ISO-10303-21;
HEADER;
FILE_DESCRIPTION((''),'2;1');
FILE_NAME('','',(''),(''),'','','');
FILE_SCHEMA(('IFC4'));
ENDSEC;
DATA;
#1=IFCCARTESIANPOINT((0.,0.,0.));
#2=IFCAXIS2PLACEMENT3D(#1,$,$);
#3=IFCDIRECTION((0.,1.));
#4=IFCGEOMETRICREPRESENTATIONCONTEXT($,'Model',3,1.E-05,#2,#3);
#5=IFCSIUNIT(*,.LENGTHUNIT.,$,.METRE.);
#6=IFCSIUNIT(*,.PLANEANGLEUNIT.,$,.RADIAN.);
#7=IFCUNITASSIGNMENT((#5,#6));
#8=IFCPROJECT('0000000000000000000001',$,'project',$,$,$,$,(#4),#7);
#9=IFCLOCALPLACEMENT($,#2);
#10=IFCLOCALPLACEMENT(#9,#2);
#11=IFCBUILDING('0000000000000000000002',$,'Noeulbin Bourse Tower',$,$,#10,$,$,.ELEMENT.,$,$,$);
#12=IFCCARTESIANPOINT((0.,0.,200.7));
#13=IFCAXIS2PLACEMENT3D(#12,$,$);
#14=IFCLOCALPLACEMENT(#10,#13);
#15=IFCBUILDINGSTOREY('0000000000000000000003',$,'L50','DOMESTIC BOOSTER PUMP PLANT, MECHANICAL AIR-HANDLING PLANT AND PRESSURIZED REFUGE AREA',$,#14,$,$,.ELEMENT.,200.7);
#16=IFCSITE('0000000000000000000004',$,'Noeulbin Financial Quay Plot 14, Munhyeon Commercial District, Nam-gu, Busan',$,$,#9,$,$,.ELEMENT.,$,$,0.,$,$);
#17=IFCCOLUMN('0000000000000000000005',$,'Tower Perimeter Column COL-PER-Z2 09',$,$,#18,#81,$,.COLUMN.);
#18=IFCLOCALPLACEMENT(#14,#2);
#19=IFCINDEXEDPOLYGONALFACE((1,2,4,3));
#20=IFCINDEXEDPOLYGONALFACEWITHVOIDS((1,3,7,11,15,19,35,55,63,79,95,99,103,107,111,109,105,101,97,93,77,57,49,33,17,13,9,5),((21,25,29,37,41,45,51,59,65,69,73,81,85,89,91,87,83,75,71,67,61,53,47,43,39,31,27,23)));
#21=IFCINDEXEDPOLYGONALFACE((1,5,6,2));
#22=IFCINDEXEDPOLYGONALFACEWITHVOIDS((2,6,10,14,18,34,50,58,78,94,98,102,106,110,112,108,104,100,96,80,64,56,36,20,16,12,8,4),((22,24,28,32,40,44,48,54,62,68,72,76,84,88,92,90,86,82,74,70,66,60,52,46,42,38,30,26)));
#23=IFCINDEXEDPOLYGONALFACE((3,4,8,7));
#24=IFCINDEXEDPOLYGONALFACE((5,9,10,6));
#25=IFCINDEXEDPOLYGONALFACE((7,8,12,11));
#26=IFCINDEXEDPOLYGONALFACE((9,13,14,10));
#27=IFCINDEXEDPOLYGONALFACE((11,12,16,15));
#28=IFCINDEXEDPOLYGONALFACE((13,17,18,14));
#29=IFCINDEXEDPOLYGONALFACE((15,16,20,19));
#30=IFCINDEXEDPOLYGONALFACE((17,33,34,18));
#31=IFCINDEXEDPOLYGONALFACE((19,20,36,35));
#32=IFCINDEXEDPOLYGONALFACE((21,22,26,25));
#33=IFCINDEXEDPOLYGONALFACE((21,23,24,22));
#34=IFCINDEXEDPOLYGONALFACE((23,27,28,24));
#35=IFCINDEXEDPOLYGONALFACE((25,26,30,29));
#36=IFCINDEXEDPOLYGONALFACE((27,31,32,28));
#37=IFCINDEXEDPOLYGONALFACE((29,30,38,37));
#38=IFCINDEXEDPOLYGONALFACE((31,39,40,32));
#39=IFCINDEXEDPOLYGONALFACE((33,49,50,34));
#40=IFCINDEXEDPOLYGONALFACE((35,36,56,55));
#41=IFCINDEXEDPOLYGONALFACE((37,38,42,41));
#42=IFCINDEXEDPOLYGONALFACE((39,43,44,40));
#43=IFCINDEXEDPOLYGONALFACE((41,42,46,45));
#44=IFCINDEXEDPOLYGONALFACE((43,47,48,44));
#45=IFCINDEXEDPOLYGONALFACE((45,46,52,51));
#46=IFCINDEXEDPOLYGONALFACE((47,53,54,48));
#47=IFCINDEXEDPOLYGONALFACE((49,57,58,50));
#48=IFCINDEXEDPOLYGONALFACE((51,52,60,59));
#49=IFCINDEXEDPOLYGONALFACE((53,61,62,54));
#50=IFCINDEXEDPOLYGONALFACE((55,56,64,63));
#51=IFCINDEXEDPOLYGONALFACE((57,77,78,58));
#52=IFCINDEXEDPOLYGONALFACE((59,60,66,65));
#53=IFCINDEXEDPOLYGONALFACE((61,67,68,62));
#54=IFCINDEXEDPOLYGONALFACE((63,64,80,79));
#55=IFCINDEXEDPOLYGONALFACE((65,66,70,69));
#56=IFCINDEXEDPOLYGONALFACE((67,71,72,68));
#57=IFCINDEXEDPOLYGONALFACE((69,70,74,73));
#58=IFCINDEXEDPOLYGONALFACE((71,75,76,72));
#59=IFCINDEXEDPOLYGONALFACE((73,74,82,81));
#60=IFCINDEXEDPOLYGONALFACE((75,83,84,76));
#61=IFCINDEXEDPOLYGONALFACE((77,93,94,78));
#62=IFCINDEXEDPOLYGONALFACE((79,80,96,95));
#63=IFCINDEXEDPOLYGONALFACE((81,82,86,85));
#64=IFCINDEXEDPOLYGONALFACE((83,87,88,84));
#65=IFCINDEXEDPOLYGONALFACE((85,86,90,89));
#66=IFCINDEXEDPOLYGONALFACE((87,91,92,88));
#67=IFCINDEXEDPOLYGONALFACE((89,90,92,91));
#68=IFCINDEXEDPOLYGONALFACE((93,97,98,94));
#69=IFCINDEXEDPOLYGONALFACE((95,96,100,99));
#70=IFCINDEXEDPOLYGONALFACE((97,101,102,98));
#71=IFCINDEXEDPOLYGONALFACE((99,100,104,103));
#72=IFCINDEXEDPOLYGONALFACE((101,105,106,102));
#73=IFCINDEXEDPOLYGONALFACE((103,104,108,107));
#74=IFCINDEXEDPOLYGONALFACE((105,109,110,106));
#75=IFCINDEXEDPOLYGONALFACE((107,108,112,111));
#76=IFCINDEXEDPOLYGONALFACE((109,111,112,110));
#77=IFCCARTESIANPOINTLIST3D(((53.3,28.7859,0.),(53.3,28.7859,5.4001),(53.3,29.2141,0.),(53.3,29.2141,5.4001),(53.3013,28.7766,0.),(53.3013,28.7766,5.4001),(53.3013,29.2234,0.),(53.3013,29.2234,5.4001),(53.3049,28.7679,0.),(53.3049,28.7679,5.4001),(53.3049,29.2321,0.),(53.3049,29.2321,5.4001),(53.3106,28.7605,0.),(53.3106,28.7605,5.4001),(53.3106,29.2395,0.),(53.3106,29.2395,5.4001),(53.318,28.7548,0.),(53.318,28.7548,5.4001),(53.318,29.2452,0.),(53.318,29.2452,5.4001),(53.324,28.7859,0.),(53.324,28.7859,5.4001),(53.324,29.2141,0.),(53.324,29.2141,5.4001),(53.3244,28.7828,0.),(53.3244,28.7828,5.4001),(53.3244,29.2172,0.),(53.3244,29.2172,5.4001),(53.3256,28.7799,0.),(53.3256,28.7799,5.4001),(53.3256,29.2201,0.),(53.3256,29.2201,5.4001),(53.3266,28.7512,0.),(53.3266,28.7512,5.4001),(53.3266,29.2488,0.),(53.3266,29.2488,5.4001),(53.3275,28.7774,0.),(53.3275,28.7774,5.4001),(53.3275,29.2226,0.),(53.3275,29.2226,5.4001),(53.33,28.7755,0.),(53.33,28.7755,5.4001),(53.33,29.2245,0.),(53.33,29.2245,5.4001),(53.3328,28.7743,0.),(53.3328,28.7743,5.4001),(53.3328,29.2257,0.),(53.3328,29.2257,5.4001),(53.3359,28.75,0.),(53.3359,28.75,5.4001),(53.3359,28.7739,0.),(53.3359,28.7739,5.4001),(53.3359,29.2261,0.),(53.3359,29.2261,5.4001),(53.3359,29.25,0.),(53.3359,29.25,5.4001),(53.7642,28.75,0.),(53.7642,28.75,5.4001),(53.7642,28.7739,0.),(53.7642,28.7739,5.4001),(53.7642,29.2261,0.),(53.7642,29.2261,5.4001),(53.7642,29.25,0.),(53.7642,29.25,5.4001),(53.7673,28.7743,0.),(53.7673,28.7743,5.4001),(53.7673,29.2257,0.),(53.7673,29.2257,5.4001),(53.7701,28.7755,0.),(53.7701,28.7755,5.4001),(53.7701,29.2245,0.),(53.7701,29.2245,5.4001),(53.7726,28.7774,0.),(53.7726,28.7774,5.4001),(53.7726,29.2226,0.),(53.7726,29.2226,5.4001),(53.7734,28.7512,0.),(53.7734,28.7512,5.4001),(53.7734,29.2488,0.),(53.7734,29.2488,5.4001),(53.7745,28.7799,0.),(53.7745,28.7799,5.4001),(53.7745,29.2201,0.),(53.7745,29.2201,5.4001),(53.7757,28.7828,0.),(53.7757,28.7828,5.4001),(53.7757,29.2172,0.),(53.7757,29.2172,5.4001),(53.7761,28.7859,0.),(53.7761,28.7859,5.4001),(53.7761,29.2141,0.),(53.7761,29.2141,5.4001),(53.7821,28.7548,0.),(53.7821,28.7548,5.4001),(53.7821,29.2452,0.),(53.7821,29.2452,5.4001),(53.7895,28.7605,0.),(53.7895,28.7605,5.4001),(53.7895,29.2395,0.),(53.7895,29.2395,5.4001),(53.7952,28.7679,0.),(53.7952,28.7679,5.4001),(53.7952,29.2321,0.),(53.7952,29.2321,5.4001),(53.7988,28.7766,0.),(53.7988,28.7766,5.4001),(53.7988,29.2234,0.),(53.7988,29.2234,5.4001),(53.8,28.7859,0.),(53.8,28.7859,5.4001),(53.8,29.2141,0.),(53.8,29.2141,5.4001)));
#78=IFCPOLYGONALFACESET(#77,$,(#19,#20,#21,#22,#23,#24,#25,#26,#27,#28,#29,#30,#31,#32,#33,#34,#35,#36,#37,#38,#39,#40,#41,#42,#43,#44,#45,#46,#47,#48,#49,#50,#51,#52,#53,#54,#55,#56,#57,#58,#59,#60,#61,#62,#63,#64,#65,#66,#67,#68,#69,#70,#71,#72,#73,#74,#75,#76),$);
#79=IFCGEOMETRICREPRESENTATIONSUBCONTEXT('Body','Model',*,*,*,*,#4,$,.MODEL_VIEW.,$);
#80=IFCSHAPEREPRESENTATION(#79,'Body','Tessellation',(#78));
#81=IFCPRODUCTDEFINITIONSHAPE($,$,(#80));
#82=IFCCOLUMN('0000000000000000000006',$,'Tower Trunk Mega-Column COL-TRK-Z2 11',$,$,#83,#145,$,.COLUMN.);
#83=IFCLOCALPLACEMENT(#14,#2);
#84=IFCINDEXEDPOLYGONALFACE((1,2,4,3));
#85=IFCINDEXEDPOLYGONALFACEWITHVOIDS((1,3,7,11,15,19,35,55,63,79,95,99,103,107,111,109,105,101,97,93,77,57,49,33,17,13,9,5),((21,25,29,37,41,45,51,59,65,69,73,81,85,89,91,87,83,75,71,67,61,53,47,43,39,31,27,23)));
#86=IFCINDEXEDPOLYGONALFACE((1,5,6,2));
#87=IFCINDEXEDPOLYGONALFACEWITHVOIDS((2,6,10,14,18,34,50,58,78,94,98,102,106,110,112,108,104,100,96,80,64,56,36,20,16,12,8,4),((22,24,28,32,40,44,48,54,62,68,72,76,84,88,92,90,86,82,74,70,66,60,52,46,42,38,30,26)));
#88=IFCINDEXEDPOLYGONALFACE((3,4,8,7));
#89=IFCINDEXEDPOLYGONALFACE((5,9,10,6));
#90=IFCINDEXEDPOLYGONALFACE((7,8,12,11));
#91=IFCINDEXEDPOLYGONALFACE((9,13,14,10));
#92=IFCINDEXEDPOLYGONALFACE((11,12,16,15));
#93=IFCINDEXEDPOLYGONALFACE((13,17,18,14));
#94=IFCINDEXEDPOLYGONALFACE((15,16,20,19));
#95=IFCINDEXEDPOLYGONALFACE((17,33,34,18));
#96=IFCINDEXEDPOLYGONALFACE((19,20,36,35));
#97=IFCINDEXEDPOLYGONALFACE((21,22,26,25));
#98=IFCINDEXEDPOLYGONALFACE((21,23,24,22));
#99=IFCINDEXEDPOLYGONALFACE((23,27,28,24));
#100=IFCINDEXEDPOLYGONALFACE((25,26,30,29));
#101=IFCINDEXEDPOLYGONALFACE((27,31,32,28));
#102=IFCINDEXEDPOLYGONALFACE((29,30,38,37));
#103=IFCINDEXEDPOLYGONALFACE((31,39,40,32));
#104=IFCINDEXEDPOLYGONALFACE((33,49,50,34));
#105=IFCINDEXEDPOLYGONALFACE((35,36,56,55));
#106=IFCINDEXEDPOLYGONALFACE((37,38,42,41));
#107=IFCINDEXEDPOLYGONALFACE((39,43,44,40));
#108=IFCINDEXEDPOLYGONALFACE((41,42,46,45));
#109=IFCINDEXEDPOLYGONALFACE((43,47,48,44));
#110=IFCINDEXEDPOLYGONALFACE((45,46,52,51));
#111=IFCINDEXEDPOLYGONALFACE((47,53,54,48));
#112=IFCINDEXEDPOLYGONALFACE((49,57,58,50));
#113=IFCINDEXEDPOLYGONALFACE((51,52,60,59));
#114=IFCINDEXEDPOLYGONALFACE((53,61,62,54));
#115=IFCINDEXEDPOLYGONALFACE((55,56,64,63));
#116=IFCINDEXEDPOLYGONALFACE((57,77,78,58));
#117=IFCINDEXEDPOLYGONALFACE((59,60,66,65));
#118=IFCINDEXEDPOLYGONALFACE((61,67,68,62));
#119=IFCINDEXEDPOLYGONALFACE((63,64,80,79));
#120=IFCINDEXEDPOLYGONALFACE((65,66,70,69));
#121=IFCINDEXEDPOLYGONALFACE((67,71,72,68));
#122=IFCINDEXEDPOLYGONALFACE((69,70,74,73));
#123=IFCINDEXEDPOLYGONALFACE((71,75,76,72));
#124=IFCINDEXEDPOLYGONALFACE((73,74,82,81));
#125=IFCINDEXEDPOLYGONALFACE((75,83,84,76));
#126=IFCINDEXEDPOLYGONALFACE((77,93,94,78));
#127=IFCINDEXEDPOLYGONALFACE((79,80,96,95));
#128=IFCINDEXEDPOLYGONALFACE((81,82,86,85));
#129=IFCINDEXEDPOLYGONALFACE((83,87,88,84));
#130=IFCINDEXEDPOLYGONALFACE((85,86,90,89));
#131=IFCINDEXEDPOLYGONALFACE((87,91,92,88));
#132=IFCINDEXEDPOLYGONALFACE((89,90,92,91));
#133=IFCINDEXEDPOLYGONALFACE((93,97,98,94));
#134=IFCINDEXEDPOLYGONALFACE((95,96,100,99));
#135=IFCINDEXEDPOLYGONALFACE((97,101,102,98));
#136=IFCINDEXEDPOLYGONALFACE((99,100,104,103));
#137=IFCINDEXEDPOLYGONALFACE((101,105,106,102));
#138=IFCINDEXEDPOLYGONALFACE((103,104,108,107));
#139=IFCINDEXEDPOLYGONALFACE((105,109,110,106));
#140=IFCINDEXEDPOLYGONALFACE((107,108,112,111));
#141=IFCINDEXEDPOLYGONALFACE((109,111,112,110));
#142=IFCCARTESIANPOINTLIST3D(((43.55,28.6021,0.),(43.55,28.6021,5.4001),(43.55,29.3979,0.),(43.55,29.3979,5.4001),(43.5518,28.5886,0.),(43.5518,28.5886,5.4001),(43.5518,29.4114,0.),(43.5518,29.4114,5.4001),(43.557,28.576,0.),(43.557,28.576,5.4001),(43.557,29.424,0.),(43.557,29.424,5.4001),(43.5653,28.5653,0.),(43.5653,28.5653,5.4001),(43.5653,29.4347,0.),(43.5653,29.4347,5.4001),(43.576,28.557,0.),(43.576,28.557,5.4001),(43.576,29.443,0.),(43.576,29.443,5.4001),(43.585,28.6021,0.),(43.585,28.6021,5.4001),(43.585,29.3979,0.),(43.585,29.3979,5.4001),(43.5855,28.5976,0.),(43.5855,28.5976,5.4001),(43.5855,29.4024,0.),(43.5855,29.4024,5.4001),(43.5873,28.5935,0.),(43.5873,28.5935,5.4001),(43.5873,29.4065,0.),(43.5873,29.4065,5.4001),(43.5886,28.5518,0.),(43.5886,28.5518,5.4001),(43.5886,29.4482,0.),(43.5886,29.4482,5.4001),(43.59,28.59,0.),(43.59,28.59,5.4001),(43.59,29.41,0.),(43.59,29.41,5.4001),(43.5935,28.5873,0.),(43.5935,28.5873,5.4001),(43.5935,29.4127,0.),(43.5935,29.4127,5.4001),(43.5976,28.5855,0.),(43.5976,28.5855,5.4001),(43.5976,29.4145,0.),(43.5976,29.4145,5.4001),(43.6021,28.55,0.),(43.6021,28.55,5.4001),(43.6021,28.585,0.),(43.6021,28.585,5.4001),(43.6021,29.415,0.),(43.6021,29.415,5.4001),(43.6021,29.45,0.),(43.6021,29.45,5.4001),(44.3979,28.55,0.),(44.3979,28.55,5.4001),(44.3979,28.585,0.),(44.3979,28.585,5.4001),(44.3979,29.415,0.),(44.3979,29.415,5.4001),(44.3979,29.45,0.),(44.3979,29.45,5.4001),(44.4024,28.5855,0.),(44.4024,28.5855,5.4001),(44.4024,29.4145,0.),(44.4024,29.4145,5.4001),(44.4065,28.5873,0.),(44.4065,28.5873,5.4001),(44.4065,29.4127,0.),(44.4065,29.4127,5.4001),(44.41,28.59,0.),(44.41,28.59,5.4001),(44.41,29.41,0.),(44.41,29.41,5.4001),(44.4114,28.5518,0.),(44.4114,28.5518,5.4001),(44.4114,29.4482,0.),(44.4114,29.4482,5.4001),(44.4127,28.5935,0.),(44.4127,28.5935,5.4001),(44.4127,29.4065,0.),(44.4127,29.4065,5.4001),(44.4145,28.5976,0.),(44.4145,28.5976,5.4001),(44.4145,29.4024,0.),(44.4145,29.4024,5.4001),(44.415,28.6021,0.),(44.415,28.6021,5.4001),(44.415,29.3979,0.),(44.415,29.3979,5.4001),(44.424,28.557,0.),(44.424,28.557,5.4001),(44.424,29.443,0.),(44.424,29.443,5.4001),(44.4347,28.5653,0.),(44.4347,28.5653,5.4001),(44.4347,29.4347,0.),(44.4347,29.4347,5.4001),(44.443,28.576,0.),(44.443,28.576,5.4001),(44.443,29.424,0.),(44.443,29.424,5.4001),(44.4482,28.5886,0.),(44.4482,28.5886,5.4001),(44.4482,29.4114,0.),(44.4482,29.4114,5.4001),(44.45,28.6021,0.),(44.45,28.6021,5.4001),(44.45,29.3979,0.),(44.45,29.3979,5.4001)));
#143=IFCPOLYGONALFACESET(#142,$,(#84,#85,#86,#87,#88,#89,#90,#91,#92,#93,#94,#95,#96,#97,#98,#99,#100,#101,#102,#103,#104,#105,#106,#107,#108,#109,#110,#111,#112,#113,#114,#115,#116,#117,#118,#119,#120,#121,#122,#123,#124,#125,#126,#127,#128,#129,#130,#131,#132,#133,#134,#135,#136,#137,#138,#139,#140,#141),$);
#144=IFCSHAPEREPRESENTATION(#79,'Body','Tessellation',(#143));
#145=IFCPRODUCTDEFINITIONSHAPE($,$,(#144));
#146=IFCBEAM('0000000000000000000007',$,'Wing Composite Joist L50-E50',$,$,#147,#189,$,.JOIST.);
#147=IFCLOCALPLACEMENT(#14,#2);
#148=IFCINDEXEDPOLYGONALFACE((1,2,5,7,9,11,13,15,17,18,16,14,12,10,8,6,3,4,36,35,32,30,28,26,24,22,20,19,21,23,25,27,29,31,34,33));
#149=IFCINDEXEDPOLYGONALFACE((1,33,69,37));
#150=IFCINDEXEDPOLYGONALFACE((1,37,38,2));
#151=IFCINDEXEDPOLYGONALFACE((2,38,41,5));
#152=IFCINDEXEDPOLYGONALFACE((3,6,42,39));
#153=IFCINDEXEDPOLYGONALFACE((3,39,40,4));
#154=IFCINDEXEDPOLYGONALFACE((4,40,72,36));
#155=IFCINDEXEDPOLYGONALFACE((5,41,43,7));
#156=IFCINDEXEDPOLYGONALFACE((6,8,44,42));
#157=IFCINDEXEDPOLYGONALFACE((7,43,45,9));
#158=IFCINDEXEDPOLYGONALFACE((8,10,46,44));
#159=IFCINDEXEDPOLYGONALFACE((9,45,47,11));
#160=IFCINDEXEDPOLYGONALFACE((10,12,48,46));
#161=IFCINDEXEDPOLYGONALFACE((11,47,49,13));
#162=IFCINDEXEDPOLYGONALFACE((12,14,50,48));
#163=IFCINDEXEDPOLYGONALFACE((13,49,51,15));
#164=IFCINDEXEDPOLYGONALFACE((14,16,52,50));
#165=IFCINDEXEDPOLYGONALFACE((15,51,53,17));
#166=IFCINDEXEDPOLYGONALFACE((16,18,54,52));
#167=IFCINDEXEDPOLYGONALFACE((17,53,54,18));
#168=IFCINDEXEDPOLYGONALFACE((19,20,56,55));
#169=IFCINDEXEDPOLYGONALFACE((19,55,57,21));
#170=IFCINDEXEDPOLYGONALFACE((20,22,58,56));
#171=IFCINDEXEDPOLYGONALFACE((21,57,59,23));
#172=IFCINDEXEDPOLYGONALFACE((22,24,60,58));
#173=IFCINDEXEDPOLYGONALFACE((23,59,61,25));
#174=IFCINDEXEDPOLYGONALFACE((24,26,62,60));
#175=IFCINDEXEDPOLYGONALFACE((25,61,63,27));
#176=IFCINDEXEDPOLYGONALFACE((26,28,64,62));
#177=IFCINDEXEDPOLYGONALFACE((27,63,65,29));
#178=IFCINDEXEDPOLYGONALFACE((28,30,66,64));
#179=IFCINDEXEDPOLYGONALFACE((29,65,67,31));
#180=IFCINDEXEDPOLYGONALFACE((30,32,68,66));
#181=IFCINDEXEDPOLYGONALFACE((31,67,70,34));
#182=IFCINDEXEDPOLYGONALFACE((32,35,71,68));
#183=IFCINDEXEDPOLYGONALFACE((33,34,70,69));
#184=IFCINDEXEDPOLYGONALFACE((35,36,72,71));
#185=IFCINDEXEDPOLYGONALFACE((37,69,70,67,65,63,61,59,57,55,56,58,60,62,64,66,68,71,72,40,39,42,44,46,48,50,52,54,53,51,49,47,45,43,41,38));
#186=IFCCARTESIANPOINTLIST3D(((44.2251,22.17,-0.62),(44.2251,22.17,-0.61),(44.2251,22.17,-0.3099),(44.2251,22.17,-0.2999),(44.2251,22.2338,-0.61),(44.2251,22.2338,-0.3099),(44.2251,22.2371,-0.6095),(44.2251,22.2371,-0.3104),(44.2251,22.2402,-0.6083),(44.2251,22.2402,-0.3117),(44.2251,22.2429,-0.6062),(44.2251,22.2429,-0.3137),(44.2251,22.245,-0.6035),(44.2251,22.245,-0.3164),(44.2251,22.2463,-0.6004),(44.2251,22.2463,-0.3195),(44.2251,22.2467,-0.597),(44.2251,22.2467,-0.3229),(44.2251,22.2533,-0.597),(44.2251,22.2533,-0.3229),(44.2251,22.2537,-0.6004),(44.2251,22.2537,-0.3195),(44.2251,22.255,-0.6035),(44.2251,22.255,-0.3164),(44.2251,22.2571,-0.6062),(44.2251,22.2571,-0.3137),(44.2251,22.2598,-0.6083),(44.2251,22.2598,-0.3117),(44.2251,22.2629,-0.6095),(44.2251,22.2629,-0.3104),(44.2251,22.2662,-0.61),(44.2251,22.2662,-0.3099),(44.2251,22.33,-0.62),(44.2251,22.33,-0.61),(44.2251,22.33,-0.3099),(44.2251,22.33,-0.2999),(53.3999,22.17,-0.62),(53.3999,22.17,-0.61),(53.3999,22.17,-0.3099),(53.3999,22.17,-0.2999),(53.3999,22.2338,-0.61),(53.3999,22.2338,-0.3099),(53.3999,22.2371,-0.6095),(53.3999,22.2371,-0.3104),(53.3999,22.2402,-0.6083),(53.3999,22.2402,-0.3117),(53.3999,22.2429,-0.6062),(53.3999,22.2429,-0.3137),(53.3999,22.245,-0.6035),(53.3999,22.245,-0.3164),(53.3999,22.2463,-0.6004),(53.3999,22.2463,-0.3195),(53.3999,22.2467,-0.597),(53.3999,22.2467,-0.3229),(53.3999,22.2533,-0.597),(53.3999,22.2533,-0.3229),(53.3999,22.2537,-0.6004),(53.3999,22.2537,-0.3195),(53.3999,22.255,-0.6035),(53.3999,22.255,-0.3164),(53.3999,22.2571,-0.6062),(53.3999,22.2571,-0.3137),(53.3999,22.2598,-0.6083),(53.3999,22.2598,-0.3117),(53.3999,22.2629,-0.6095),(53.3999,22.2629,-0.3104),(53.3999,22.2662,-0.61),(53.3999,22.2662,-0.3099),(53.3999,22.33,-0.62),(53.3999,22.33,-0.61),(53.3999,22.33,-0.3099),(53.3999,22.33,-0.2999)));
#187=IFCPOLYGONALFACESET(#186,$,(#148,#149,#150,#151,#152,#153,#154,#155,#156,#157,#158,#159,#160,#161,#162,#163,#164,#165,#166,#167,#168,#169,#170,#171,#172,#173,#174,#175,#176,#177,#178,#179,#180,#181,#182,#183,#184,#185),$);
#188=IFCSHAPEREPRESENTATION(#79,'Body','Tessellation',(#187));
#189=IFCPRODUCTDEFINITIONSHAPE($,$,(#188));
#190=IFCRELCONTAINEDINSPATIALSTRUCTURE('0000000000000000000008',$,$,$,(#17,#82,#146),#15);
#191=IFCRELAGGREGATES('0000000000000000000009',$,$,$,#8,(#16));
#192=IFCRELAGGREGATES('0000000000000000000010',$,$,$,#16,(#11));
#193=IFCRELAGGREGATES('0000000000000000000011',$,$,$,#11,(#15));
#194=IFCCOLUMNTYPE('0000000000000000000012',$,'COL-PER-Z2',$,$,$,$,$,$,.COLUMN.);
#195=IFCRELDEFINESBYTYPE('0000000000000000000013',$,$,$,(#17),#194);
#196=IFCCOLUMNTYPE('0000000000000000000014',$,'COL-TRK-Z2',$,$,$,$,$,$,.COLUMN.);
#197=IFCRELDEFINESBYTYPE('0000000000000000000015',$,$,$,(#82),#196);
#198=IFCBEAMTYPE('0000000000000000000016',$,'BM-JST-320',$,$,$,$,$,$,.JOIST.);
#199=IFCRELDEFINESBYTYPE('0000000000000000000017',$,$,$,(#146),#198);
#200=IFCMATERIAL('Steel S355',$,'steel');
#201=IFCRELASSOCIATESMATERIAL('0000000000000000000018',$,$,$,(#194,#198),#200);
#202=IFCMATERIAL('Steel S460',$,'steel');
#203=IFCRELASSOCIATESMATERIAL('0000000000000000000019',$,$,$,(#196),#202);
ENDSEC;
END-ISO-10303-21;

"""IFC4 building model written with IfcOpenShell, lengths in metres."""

from ifc_helpers import new_model, si_unit, direction, frame, origin, origin_2d, place, context, subcontext, project, spatial, hollow_rectangle, i_section, extrude, material, material_profile, profile_set, type_object, element, save


model = new_model("IFC4")

# Units and contexts
model_context = context("Model", 3, precision=1e-05, world=origin(), true_north=direction((0.0, 1.0)))
body_context = subcontext(model_context, "Body", "Model", "MODEL_VIEW")
ifc_project = project(units=[si_unit("LENGTHUNIT", "METRE"), si_unit("PLANEANGLEUNIT", "RADIAN")], contexts=[model_context])

# Site, building, storey
site_placement = place(None, origin())
site = spatial("IfcSite", under=ifc_project, at=site_placement, Name="Noeulbin Financial Quay Plot 14, Munhyeon Commercial District, Nam-gu, Busan", CompositionType="ELEMENT", RefElevation=0.0)
building_placement = place(site_placement, origin())
building = spatial("IfcBuilding", under=site, at=building_placement, Name="Noeulbin Bourse Tower", CompositionType="ELEMENT")
storey_placement = place(building_placement, frame((0.0, 0.0, 200.7)))
storey = spatial("IfcBuildingStorey", under=building, at=storey_placement, Name="L50", Description="DOMESTIC BOOSTER PUMP PLANT, MECHANICAL AIR-HANDLING PLANT AND PRESSURIZED REFUGE AREA", CompositionType="ELEMENT", Elevation=200.7)

# Columns
ifc_material_1 = material(Name="Steel S355", Category="steel")
ifc_material_profile_1 = material_profile(ifc_material_1, hollow_rectangle(XDim=0.5, YDim=0.5, WallThickness=0.0239, InnerFilletRadius=0.012, OuterFilletRadius=0.0359, at=origin_2d()), Name="BOX-500x500x24", Category="LoadBearing")
ifc_profile_set_1 = profile_set([ifc_material_profile_1], Name="Steel S355")
column_type_1 = type_object("IfcColumnType", Name="COL-PER-Z2", PredefinedType="COLUMN", material=ifc_profile_set_1)
column_1_placement = place(storey_placement, frame((53.55, 29.0, 0.0), z_axis=(0.0, 0.0, 1.0), x_axis=(1.0, 0.0, 0.0)))
element("IfcColumn", 1, at=column_1_placement, inside=storey, type_object=column_type_1, Name="Tower Perimeter Column COL-PER-Z2 09", PredefinedType="COLUMN", context=body_context, shape_type="SweptSolid", body=[
    extrude(hollow_rectangle(XDim=0.5, YDim=0.5, WallThickness=0.0239, InnerFilletRadius=0.012, OuterFilletRadius=0.0359, at=origin_2d()), origin(), (0.0, 0.0, 1.0), 5.4001),
])
ifc_material_2 = material(Name="Steel S460", Category="steel")
ifc_material_profile_2 = material_profile(ifc_material_2, hollow_rectangle(XDim=0.8999, YDim=0.8999, WallThickness=0.0349, InnerFilletRadius=0.0171, OuterFilletRadius=0.052, at=origin_2d()), Name="BOX-900x900x35", Category="LoadBearing")
ifc_profile_set_2 = profile_set([ifc_material_profile_2], Name="Steel S460")
column_type_2 = type_object("IfcColumnType", Name="COL-TRK-Z2", PredefinedType="COLUMN", material=ifc_profile_set_2)
column_2_placement = place(storey_placement, frame((44.0, 29.0, 0.0), z_axis=(0.0, 0.0, 1.0), x_axis=(1.0, 0.0, 0.0)))
element("IfcColumn", 2, at=column_2_placement, inside=storey, type_object=column_type_2, Name="Tower Trunk Mega-Column COL-TRK-Z2 11", PredefinedType="COLUMN", context=body_context, shape_type="SweptSolid", body=[
    extrude(hollow_rectangle(XDim=0.8999, YDim=0.8999, WallThickness=0.0349, InnerFilletRadius=0.0171, OuterFilletRadius=0.052, at=origin_2d()), origin(), (0.0, 0.0, 1.0), 5.4001),
])

# Beam
ifc_material_profile_3 = material_profile(ifc_material_1, i_section(OverallWidth=0.1599, OverallDepth=0.3201, WebThickness=0.0066, FlangeThickness=0.01, FilletRadius=0.0129, at=origin_2d()), Name="H-320x160x6.5x10", Category="LoadBearing")
ifc_profile_set_3 = profile_set([ifc_material_profile_3], Name="Steel S355")
beam_type_1 = type_object("IfcBeamType", Name="BM-JST-320", PredefinedType="JOIST", material=ifc_profile_set_3)
for number, where, z_axis, x_axis, name in (
    (3, (44.2251, 22.25, -0.46), (1.0, 0.0, 0.0), (0.0, 1.0, 0.0), "Wing Composite Joist L50-E50"),
):
    element("IfcBeam", number, at=place(storey_placement, frame(where, z_axis=z_axis, x_axis=x_axis)), inside=storey, type_object=beam_type_1, Name=name, PredefinedType="JOIST", context=body_context, shape_type="SweptSolid", body=[
        extrude(i_section(OverallWidth=0.1599, OverallDepth=0.3201, WebThickness=0.0066, FlangeThickness=0.01, FilletRadius=0.0129, at=origin_2d()), origin(), (0.0, 0.0, 1.0), 9.1748),
    ])

save(model, "model.ifc")
